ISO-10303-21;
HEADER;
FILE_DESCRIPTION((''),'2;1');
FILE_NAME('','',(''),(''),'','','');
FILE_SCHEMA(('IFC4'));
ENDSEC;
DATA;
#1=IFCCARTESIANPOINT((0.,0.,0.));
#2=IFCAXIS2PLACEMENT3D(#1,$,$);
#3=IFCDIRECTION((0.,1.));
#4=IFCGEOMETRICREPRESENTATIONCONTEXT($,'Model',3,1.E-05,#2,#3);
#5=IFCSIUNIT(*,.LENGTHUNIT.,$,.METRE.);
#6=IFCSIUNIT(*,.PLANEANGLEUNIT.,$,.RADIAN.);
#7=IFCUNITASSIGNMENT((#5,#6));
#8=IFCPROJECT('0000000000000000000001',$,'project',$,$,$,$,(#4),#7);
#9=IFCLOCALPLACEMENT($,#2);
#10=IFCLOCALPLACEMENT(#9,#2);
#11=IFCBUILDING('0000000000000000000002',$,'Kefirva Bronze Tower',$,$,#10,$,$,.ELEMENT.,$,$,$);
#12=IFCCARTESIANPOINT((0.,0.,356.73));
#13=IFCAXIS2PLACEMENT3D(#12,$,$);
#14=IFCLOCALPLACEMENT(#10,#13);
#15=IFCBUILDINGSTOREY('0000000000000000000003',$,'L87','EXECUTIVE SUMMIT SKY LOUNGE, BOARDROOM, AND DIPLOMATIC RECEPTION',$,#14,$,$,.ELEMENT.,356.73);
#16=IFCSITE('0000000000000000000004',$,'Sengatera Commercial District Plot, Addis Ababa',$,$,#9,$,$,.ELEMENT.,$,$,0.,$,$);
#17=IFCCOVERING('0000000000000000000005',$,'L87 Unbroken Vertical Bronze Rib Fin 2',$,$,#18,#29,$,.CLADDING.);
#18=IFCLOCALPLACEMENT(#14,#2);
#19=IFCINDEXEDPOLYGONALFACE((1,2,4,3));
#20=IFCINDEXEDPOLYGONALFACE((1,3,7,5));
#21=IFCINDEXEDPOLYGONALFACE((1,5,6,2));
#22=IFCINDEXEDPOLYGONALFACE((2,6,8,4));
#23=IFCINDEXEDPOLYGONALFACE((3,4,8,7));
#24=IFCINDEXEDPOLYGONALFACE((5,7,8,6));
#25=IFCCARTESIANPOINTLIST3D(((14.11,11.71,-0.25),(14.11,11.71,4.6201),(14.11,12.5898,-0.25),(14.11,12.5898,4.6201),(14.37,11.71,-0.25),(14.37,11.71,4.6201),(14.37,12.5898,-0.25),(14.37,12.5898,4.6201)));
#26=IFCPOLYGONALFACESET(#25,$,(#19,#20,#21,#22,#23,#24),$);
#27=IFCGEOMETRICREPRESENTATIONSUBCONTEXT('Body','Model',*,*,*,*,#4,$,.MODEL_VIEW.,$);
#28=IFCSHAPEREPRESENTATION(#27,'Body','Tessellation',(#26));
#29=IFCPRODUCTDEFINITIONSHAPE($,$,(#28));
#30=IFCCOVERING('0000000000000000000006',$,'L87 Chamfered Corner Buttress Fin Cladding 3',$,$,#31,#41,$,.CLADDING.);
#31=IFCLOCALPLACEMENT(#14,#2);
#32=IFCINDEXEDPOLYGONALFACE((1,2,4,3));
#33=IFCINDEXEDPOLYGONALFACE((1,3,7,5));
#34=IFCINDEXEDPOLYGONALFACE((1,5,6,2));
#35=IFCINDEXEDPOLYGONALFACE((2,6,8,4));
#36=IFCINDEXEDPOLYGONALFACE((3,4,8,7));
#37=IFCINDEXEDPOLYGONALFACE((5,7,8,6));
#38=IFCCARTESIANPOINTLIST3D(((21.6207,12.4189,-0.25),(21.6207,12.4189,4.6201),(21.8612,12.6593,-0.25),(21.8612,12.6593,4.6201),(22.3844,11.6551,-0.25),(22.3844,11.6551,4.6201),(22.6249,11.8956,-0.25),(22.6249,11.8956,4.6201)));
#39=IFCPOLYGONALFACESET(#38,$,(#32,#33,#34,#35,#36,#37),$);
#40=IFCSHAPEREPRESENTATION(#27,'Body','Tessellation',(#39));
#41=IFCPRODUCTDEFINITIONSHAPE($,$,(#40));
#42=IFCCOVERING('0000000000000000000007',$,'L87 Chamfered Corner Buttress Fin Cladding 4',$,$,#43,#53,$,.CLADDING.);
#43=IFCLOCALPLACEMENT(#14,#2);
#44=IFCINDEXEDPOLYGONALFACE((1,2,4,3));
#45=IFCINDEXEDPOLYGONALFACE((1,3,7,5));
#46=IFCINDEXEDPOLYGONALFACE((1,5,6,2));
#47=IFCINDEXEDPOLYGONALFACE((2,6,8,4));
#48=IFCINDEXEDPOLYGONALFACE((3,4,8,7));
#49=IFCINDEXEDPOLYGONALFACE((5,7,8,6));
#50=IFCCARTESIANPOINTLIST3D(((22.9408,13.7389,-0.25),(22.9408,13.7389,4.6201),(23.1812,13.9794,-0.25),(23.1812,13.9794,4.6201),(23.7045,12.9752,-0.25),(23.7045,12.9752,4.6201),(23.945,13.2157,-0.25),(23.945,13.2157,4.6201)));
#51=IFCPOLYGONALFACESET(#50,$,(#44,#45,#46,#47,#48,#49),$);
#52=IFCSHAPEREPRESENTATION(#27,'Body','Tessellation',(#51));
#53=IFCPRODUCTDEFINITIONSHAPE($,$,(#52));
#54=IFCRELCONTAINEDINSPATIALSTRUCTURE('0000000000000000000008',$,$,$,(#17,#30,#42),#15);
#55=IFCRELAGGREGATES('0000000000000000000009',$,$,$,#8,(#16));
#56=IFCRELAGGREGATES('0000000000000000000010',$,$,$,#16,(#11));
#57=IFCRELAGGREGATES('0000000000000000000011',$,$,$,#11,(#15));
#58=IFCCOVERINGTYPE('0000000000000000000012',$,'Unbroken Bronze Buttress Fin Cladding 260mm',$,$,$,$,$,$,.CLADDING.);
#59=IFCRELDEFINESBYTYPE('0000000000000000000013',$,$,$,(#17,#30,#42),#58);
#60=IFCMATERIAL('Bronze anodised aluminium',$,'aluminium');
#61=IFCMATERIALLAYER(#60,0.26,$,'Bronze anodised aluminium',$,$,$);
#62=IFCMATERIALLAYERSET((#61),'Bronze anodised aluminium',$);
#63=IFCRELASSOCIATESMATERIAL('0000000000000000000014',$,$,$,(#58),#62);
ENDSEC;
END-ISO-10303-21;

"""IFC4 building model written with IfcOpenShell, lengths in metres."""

from ifc_helpers import new_model, si_unit, direction, frame, origin, origin_2d, place, context, subcontext, project, spatial, rectangle, extrude, material, layer, layer_set, type_object, element, save


model = new_model("IFC4")

# Units and contexts
model_context = context("Model", 3, precision=1e-05, world=origin(), true_north=direction((0.0, 1.0)))
body_context = subcontext(model_context, "Body", "Model", "MODEL_VIEW")
ifc_project = project(units=[si_unit("LENGTHUNIT", "METRE"), si_unit("PLANEANGLEUNIT", "RADIAN")], contexts=[model_context])

# Site, building, storey
site_placement = place(None, origin())
site = spatial("IfcSite", under=ifc_project, at=site_placement, Name="Sengatera Commercial District Plot, Addis Ababa", CompositionType="ELEMENT", RefElevation=0.0)
building_placement = place(site_placement, origin())
building = spatial("IfcBuilding", under=site, at=building_placement, Name="Kefirva Bronze Tower", CompositionType="ELEMENT")
storey_placement = place(building_placement, frame((0.0, 0.0, 356.73)))
storey = spatial("IfcBuildingStorey", under=building, at=storey_placement, Name="L87", Description="EXECUTIVE SUMMIT SKY LOUNGE, BOARDROOM, AND DIPLOMATIC RECEPTION", CompositionType="ELEMENT", Elevation=356.73)

# Shared definitions
ifc_material_1 = material(Name="Bronze anodised aluminium", Category="aluminium")

# Coverings
ifc_layer_1 = layer(ifc_material_1, 0.26, Name="Bronze anodised aluminium")
ifc_layer_set_1 = layer_set([ifc_layer_1], Name="Bronze anodised aluminium")
covering_type_1 = type_object("IfcCoveringType", Name="Unbroken Bronze Buttress Fin Cladding 260mm", PredefinedType="CLADDING", material=ifc_layer_set_1)
covering_1_placement = place(storey_placement, frame((14.24, 12.1499, -0.25), z_axis=(0.0, 0.0, 1.0), x_axis=(1.0, 0.0, 0.0)))
element("IfcCovering", 1, at=covering_1_placement, inside=storey, type_object=covering_type_1, Name="L87 Unbroken Vertical Bronze Rib Fin 2", PredefinedType="CLADDING", context=body_context, shape_type="SweptSolid", body=[
    extrude(rectangle(XDim=0.26, YDim=0.8799, at=origin_2d()), origin(), (0.0, 0.0, 1.0), 4.8701),
])
for number, where, z_axis, x_axis, name in (
    (2, (22.1228, 12.1572, -0.25), (0.0, 0.0, 1.0), (0.707107, 0.707107, 0.0), "L87 Chamfered Corner Buttress Fin Cladding 3"),
    (3, (23.4429, 13.4773, -0.25), (0.0, 0.0, 1.0), (0.707107, 0.707107, 0.0), "L87 Chamfered Corner Buttress Fin Cladding 4"),
):
    element("IfcCovering", number, at=place(storey_placement, frame(where, z_axis=z_axis, x_axis=x_axis)), inside=storey, type_object=covering_type_1, Name=name, PredefinedType="CLADDING", context=body_context, shape_type="SweptSolid", body=[
        extrude(rectangle(XDim=0.3401, YDim=1.0801, at=origin_2d()), origin(), (0.0, 0.0, 1.0), 4.8701),
    ])

save(model, "model.ifc")
